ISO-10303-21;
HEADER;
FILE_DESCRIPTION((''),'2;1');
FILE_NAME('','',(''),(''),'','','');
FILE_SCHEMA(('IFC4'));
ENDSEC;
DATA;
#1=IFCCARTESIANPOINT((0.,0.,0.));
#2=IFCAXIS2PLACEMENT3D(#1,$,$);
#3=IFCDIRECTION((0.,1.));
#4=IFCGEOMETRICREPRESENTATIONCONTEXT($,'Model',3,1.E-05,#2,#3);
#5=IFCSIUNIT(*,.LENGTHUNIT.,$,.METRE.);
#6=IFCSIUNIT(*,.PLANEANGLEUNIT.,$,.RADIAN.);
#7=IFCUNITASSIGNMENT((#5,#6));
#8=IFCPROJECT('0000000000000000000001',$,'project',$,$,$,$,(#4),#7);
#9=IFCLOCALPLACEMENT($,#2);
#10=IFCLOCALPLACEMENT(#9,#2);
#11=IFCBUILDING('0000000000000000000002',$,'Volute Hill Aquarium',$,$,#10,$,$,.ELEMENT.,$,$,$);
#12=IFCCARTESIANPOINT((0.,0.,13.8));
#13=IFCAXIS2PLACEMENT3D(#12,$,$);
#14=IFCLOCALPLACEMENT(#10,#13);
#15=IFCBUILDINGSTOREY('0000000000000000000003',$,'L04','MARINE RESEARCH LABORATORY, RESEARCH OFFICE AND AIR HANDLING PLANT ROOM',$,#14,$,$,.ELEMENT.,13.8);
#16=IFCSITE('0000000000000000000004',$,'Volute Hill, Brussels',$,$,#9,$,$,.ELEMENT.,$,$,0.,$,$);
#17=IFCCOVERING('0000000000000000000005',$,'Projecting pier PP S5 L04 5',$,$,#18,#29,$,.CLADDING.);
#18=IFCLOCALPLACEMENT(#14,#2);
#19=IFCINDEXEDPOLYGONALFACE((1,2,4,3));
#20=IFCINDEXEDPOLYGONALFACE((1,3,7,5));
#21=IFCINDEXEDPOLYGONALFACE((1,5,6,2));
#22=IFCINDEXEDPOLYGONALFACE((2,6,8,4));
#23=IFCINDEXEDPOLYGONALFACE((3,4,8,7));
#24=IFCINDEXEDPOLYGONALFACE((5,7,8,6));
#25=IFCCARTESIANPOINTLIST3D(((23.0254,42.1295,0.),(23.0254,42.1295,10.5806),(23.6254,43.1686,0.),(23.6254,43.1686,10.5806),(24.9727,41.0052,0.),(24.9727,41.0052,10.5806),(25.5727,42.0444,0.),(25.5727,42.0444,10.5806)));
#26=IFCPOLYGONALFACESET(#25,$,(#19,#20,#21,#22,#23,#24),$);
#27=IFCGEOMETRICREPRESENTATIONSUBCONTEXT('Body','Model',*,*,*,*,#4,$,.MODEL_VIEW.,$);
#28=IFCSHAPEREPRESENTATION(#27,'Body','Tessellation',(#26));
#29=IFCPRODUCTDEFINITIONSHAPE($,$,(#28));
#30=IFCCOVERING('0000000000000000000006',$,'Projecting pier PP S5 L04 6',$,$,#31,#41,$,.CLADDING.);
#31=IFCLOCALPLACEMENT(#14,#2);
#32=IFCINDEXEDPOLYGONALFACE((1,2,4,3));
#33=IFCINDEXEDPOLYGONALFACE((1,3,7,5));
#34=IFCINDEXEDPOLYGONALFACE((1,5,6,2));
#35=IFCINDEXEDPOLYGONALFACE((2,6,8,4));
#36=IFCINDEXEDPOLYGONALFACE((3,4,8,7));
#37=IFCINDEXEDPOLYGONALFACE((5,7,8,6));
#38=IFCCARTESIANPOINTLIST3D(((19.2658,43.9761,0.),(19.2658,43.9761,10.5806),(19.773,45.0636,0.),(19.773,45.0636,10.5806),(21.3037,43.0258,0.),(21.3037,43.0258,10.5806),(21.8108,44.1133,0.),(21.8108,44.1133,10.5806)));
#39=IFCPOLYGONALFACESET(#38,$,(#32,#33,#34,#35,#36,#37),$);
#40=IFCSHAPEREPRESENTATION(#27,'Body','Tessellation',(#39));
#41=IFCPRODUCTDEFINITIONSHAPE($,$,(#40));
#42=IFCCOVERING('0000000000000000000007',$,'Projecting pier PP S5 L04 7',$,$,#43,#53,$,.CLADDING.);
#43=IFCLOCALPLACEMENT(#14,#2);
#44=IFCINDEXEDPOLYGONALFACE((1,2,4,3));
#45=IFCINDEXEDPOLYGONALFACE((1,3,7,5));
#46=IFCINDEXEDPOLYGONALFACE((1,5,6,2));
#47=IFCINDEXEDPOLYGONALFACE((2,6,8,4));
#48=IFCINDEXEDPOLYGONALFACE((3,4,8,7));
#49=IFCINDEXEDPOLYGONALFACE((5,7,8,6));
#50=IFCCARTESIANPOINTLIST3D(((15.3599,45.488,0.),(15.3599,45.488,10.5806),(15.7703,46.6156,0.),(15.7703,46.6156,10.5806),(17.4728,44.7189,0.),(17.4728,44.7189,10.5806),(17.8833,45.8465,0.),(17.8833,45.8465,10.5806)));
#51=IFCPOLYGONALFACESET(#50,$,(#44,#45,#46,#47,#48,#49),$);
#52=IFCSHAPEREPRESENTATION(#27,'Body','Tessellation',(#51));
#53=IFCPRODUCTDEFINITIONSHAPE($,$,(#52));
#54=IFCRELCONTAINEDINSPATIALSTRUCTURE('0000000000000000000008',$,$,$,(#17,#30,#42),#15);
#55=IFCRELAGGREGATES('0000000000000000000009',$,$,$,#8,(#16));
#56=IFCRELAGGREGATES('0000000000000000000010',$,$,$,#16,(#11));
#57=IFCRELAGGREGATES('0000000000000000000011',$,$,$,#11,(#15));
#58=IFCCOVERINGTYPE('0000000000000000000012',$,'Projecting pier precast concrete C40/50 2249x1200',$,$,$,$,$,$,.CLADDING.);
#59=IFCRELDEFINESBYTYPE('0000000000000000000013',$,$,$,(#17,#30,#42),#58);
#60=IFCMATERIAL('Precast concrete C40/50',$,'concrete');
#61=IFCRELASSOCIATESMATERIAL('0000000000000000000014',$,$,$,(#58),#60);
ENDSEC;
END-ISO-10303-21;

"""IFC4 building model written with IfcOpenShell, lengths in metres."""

from ifc_helpers import new_model, si_unit, direction, frame, origin, origin_2d, place, context, subcontext, project, spatial, rectangle, extrude, material, type_object, element, save


model = new_model("IFC4")

# Units and contexts
model_context = context("Model", 3, precision=1e-05, world=origin(), true_north=direction((0.0, 1.0)))
body_context = subcontext(model_context, "Body", "Model", "MODEL_VIEW")
ifc_project = project(units=[si_unit("LENGTHUNIT", "METRE"), si_unit("PLANEANGLEUNIT", "RADIAN")], contexts=[model_context])

# Site, building, storey
site_placement = place(None, origin())
site = spatial("IfcSite", under=ifc_project, at=site_placement, Name="Volute Hill, Brussels", CompositionType="ELEMENT", RefElevation=0.0)
building_placement = place(site_placement, origin())
building = spatial("IfcBuilding", under=site, at=building_placement, Name="Volute Hill Aquarium", CompositionType="ELEMENT")
storey_placement = place(building_placement, frame((0.0, 0.0, 13.8)))
storey = spatial("IfcBuildingStorey", under=building, at=storey_placement, Name="L04", Description="MARINE RESEARCH LABORATORY, RESEARCH OFFICE AND AIR HANDLING PLANT ROOM", CompositionType="ELEMENT", Elevation=13.8)

# Coverings
ifc_material_1 = material(Name="Precast concrete C40/50", Category="concrete")
covering_type_1 = type_object("IfcCoveringType", Name="Projecting pier precast concrete C40/50 2249x1200", PredefinedType="CLADDING", material=ifc_material_1)
for number, where, z_axis, x_axis, name in (
    (1, (24.2991, 42.0869, 0.0), (0.0, 0.0, 1.0), (-0.866025, 0.5, 0.0), "Projecting pier PP S5 L04 5"),
    (2, (20.5383, 44.0447, 0.0), (0.0, 0.0, 1.0), (-0.906308, 0.422618, 0.0), "Projecting pier PP S5 L04 6"),
    (3, (16.6216, 45.6672, 0.0), (0.0, 0.0, 1.0), (-0.939693, 0.34202, 0.0), "Projecting pier PP S5 L04 7"),
):
    element("IfcCovering", number, at=place(storey_placement, frame(where, z_axis=z_axis, x_axis=x_axis)), inside=storey, type_object=covering_type_1, Name=name, PredefinedType="CLADDING", context=body_context, shape_type="SweptSolid", body=[
        extrude(rectangle(XDim=2.2485, YDim=1.2, at=origin_2d()), origin(), (0.0, 0.0, 1.0), 10.5806),
    ])

save(model, "model.ifc")
